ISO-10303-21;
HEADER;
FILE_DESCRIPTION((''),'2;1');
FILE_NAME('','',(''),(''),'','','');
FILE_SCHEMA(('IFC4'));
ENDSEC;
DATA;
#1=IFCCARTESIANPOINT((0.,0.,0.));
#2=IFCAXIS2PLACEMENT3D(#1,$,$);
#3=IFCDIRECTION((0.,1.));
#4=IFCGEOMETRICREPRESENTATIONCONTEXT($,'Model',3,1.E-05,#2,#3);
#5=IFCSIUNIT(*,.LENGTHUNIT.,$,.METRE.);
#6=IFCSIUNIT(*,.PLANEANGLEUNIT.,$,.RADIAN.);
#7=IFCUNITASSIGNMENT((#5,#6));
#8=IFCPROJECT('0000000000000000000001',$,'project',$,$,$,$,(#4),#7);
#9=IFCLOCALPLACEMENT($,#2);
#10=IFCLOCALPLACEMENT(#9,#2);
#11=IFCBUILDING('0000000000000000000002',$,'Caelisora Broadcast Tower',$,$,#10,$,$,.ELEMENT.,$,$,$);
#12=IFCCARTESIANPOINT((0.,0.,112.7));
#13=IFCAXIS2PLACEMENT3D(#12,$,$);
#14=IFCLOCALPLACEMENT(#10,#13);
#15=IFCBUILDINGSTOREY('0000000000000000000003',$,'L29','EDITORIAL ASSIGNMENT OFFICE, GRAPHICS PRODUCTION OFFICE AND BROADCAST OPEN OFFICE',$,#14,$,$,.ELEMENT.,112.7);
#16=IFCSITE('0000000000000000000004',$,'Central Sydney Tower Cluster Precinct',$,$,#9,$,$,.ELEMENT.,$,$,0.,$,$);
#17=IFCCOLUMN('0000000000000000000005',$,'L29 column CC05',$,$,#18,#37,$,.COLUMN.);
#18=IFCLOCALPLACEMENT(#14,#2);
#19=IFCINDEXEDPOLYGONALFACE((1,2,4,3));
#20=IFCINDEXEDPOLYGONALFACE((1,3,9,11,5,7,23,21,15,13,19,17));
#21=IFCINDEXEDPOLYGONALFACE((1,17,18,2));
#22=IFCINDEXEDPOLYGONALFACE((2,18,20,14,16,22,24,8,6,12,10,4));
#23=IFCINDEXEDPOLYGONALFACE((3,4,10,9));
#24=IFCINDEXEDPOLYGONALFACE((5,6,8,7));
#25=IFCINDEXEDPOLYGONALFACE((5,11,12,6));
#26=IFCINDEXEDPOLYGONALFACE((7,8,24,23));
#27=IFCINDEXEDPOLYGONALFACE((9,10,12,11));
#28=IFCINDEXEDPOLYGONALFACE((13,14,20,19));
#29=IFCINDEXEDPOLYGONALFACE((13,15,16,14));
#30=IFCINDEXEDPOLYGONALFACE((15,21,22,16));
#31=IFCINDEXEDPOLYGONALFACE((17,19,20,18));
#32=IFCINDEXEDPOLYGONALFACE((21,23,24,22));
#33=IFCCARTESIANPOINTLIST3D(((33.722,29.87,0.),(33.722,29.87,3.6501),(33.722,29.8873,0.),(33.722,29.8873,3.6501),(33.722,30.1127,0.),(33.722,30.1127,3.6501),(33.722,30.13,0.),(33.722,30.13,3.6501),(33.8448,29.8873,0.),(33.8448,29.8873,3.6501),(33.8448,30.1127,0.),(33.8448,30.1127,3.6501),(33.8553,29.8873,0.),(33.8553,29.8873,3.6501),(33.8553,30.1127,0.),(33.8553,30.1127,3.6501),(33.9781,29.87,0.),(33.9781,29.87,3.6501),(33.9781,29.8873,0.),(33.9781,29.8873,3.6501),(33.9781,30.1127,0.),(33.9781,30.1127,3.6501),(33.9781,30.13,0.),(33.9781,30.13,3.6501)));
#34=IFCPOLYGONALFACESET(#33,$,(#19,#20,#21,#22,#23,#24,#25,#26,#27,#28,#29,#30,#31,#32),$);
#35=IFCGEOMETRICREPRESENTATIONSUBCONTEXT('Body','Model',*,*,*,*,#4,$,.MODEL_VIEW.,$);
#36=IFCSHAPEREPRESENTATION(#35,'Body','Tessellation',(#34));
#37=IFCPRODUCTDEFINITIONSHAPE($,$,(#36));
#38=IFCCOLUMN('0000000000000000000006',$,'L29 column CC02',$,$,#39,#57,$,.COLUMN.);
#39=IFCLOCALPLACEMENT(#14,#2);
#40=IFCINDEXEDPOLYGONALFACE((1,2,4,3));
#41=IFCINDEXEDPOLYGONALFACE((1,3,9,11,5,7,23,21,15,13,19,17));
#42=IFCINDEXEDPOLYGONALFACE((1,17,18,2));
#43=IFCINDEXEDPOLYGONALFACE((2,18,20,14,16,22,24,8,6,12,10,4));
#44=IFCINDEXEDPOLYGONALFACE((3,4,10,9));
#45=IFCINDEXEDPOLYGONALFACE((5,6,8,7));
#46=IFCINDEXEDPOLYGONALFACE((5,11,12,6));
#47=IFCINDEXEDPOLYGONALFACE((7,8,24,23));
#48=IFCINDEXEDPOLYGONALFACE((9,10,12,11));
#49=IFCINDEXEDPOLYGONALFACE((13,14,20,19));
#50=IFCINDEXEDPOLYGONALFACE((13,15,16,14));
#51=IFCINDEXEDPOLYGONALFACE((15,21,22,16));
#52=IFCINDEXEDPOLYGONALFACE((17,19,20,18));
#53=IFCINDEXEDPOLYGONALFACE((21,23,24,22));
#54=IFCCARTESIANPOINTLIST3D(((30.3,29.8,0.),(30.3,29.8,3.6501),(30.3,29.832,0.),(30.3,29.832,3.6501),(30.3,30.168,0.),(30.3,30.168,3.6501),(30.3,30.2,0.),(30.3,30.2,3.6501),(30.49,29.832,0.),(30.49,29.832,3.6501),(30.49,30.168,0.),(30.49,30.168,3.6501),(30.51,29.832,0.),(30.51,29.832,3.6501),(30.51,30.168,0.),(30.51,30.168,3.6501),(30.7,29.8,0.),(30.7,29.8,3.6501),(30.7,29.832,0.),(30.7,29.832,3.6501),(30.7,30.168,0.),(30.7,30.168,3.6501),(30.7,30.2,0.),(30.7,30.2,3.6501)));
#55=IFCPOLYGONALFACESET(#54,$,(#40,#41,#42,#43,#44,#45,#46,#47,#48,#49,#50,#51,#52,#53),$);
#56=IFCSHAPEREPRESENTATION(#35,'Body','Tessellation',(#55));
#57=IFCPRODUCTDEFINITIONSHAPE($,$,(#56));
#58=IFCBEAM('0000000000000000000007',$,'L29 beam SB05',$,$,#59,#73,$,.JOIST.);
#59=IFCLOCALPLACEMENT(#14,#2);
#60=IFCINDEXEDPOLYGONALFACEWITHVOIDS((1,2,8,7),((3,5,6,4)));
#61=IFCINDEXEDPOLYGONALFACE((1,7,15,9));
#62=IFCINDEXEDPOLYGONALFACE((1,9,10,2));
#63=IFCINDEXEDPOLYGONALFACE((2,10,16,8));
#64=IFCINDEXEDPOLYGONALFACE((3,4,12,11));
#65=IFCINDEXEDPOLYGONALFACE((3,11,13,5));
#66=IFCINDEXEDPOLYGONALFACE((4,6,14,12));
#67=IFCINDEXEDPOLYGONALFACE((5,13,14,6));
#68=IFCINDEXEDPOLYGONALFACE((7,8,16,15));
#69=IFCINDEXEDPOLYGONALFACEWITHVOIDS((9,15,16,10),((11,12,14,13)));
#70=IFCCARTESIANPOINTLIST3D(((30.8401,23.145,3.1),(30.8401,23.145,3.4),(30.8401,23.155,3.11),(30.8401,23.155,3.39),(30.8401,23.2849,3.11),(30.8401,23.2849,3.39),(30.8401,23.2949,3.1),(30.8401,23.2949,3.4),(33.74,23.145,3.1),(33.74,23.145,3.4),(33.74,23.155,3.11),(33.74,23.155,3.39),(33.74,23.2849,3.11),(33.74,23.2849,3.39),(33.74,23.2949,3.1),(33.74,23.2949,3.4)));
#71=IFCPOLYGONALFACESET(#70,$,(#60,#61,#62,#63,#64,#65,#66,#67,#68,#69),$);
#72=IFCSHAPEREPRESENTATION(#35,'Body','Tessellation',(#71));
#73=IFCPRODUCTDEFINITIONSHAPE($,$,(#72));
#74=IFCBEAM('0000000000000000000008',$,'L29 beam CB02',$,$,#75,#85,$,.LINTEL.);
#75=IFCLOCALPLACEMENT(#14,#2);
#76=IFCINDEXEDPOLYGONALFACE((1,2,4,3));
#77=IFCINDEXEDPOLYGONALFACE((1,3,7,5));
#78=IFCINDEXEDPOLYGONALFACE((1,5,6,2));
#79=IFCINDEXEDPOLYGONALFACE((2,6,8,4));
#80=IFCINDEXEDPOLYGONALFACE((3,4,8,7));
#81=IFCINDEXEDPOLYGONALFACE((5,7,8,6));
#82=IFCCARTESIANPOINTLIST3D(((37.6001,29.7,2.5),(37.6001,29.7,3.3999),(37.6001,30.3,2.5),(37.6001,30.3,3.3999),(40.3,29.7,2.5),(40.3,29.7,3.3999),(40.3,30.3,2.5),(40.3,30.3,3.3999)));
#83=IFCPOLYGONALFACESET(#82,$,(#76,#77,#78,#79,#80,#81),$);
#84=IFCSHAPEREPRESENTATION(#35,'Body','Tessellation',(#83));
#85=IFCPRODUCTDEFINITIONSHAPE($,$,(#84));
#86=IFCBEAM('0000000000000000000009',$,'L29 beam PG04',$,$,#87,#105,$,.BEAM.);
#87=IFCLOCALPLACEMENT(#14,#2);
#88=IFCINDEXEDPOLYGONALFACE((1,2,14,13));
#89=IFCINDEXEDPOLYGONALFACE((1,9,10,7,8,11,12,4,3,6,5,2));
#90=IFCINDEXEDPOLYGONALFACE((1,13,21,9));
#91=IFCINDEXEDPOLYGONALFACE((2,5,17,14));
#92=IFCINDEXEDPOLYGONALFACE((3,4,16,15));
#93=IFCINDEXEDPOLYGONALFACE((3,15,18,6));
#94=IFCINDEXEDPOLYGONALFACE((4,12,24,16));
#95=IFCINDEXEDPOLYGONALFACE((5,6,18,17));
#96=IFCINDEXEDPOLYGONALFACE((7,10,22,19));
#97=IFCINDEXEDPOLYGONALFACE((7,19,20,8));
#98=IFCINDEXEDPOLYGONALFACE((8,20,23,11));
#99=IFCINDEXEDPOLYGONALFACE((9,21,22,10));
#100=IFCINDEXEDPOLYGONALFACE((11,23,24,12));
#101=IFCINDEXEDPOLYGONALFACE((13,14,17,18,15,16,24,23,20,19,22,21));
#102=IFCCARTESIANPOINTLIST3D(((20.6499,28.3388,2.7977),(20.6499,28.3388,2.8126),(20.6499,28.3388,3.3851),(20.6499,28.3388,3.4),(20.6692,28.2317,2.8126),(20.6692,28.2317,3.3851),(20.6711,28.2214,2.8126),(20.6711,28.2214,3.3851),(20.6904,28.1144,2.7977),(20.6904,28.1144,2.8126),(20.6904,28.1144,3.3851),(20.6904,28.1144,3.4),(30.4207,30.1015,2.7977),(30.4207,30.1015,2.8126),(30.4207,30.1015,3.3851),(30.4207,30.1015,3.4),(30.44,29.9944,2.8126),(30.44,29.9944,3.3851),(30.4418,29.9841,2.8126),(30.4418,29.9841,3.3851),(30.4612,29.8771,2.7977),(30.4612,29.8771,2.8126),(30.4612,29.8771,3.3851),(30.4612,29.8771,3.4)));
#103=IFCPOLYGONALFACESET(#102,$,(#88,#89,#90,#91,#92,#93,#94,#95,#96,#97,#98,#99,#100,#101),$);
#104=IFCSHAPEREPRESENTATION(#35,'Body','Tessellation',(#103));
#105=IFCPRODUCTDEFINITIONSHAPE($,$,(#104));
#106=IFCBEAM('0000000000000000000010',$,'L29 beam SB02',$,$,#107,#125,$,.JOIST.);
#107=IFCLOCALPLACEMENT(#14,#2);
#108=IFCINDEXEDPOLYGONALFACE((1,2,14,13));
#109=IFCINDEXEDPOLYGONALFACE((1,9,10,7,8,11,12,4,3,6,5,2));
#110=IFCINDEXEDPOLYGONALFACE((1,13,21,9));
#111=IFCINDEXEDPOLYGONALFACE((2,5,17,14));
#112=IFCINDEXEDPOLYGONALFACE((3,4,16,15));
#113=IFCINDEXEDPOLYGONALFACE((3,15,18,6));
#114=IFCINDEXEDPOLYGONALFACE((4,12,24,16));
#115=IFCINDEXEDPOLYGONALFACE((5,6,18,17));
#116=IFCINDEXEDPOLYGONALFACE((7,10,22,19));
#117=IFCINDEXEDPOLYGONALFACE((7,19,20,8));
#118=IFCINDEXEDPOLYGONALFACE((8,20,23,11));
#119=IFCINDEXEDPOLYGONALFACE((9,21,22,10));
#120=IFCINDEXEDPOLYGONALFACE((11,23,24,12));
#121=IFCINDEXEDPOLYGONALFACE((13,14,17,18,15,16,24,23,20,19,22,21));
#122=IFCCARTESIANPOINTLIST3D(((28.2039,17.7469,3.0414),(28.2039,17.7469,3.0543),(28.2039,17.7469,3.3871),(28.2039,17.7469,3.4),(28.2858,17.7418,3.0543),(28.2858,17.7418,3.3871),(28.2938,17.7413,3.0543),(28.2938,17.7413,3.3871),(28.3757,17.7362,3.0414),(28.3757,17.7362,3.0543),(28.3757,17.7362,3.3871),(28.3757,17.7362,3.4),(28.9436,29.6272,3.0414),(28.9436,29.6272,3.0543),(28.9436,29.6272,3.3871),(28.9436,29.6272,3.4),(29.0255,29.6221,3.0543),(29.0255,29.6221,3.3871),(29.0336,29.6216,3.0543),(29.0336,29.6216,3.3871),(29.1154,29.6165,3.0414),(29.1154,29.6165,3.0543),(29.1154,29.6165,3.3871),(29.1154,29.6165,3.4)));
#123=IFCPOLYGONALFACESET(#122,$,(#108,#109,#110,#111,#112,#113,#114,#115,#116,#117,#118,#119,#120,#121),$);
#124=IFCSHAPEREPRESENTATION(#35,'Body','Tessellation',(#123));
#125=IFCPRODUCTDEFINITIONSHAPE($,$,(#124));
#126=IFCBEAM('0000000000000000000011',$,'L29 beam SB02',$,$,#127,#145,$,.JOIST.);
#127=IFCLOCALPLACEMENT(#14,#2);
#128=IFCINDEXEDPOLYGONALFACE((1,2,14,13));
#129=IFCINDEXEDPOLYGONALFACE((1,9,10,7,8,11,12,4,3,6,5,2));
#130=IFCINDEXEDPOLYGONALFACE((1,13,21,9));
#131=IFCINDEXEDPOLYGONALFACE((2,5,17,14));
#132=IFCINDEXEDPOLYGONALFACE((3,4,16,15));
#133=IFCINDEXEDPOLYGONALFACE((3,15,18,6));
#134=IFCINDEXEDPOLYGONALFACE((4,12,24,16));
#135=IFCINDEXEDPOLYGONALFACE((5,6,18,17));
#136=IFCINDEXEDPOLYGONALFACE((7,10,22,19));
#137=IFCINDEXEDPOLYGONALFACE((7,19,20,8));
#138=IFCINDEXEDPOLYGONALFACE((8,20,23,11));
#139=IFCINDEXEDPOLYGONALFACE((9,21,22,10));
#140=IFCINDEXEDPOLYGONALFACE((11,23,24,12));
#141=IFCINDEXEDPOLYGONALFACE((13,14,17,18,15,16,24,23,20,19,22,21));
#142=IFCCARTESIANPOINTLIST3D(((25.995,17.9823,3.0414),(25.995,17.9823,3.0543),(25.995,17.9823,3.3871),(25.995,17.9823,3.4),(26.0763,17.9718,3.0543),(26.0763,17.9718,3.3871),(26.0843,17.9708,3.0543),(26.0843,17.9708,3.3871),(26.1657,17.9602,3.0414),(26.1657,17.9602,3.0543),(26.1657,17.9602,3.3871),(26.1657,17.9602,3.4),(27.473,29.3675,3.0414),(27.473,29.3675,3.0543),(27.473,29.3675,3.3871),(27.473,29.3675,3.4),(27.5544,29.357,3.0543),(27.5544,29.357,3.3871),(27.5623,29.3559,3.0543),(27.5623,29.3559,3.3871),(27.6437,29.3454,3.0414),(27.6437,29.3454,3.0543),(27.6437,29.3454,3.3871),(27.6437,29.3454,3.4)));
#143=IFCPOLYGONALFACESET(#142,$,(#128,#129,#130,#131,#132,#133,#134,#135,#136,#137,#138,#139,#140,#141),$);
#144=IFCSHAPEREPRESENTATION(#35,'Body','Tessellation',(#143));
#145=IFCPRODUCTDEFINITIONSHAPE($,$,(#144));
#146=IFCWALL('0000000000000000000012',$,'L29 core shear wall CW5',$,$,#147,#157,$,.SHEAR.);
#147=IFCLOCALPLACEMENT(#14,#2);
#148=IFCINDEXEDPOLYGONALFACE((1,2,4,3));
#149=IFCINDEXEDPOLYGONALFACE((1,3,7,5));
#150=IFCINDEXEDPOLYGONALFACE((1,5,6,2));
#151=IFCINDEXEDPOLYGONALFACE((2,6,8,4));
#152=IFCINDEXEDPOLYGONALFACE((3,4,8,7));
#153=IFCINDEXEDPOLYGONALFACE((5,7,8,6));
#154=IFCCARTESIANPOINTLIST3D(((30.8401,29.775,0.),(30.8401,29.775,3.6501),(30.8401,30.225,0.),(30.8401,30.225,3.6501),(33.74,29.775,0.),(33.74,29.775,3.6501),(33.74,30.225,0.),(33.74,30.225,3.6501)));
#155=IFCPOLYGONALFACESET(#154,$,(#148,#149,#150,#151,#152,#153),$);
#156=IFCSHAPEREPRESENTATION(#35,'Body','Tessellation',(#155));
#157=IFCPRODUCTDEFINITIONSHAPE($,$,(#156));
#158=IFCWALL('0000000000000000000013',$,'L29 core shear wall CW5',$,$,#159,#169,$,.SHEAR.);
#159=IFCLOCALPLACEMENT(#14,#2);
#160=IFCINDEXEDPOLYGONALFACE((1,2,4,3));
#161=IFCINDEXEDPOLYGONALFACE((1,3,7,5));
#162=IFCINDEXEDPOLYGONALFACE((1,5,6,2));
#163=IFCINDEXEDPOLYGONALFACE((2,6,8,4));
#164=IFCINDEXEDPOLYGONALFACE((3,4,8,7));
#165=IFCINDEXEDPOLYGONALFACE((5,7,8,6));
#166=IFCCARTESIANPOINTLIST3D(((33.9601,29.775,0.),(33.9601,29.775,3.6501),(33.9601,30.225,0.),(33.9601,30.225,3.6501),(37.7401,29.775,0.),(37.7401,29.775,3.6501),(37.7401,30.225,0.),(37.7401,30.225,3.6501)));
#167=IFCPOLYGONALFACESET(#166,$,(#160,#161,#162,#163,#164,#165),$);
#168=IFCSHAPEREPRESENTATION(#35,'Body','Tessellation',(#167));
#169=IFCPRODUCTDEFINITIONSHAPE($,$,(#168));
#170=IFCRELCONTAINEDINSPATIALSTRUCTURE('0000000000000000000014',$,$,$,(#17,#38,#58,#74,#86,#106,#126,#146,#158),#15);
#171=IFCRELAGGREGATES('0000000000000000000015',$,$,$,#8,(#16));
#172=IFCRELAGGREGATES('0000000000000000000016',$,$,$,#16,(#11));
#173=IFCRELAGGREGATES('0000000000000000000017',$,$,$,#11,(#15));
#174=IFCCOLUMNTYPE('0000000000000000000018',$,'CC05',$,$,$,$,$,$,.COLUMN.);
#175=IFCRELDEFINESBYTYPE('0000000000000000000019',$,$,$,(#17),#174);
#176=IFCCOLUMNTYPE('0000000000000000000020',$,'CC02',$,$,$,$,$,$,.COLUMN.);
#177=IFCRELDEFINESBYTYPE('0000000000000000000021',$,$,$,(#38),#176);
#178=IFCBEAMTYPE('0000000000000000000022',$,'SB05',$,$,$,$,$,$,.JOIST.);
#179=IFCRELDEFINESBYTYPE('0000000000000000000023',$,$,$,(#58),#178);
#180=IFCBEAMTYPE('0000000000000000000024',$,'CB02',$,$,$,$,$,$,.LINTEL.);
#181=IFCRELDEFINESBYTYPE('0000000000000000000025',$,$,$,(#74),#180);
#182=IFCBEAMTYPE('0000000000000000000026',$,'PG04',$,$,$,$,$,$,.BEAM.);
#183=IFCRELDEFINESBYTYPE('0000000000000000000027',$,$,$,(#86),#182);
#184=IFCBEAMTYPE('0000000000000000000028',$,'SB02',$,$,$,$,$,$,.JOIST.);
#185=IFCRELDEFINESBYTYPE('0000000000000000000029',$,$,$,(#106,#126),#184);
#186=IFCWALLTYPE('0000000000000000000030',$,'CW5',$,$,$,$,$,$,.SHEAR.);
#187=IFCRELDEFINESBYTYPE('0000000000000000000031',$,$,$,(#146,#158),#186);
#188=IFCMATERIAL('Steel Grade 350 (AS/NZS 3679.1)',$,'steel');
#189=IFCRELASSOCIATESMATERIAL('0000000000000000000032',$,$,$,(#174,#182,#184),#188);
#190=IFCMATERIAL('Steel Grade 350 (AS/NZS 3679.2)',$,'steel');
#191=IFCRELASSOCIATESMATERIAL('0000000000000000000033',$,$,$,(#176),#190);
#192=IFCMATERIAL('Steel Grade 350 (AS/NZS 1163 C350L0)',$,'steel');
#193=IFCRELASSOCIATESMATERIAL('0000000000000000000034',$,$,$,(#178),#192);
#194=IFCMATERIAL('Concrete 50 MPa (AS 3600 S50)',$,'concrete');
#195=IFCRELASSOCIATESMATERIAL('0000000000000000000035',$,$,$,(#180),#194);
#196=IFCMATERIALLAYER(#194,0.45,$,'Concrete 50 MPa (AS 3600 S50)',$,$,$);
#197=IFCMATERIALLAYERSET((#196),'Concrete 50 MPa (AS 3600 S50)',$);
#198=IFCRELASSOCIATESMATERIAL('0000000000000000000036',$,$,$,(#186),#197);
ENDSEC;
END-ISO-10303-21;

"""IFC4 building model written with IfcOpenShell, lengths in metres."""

from ifc_helpers import new_model, si_unit, direction, frame, frame_2d, origin, origin_2d, place, context, subcontext, project, spatial, rectangle, hollow_rectangle, i_section, extrude, source, transform, mapped, material, layer, layer_set, material_profile, profile_set, type_object, type_shapes, element, save


model = new_model("IFC4")

# Units and contexts
model_context = context("Model", 3, precision=1e-05, world=origin(), true_north=direction((0.0, 1.0)))
body_context = subcontext(model_context, "Body", "Model", "MODEL_VIEW")
ifc_project = project(units=[si_unit("LENGTHUNIT", "METRE"), si_unit("PLANEANGLEUNIT", "RADIAN")], contexts=[model_context])

# Site, building, storey
site_placement = place(None, origin())
site = spatial("IfcSite", under=ifc_project, at=site_placement, Name="Central Sydney Tower Cluster Precinct", CompositionType="ELEMENT", RefElevation=0.0)
building_placement = place(site_placement, origin())
building = spatial("IfcBuilding", under=site, at=building_placement, Name="Caelisora Broadcast Tower", CompositionType="ELEMENT")
storey_placement = place(building_placement, frame((0.0, 0.0, 112.7)))
storey = spatial("IfcBuildingStorey", under=building, at=storey_placement, Name="L29", Description="EDITORIAL ASSIGNMENT OFFICE, GRAPHICS PRODUCTION OFFICE AND BROADCAST OPEN OFFICE", CompositionType="ELEMENT", Elevation=112.7)

# Columns
ifc_material_1 = material(Name="Steel Grade 350 (AS/NZS 3679.1)", Category="steel")
ifc_material_profile_1 = material_profile(ifc_material_1, i_section(OverallWidth=0.2561, OverallDepth=0.26, WebThickness=0.0105, FlangeThickness=0.0173, at=origin_2d()), Name="Steel Grade 350 (AS/NZS 3679.1)")
ifc_profile_set_1 = profile_set([ifc_material_profile_1], Name="Steel Grade 350 (AS/NZS 3679.1)")
column_type_1 = type_object("IfcColumnType", Name="CC05", PredefinedType="COLUMN", material=ifc_profile_set_1)
shared_shape_1 = source(origin(), body_context, "Body", "SweptSolid", [
    extrude(i_section(OverallWidth=0.2561, OverallDepth=0.26, WebThickness=0.0105, FlangeThickness=0.0173, at=origin_2d()), origin(), (0.0, 0.0, 1.0), 3.6501),
])
type_shapes(column_type_1, [shared_shape_1])
column_1_placement = place(storey_placement, frame((33.8501, 30.0, 0.0), z_axis=(0.0, 0.0, 1.0), x_axis=(1.0, 0.0, 0.0)))
element("IfcColumn", 1, at=column_1_placement, inside=storey, type_object=column_type_1, Name="L29 column CC05", PredefinedType="COLUMN", context=body_context, shape_type="MappedRepresentation", body=[
    mapped(shared_shape_1, transform((0.0, 0.0, 0.0), scale=1.0)),
])
ifc_material_2 = material(Name="Steel Grade 350 (AS/NZS 3679.2)", Category="steel")
ifc_material_profile_2 = material_profile(ifc_material_2, i_section(OverallWidth=0.3999, OverallDepth=0.3999, WebThickness=0.02, FlangeThickness=0.032, at=origin_2d()), Name="Steel Grade 350 (AS/NZS 3679.2)")
ifc_profile_set_2 = profile_set([ifc_material_profile_2], Name="Steel Grade 350 (AS/NZS 3679.2)")
column_type_2 = type_object("IfcColumnType", Name="CC02", PredefinedType="COLUMN", material=ifc_profile_set_2)
shared_shape_2 = source(origin(), body_context, "Body", "SweptSolid", [
    extrude(i_section(OverallWidth=0.3999, OverallDepth=0.3999, WebThickness=0.02, FlangeThickness=0.032, at=origin_2d()), origin(), (0.0, 0.0, 1.0), 3.6501),
])
type_shapes(column_type_2, [shared_shape_2])
column_2_placement = place(storey_placement, frame((30.5, 30.0, 0.0), z_axis=(0.0, 0.0, 1.0), x_axis=(1.0, 0.0, 0.0)))
element("IfcColumn", 2, at=column_2_placement, inside=storey, type_object=column_type_2, Name="L29 column CC02", PredefinedType="COLUMN", context=body_context, shape_type="MappedRepresentation", body=[
    mapped(shared_shape_2, transform((0.0, 0.0, 0.0), scale=1.0)),
])

# Beams
ifc_material_3 = material(Name="Steel Grade 350 (AS/NZS 1163 C350L0)", Category="steel")
ifc_material_profile_3 = material_profile(ifc_material_3, hollow_rectangle(XDim=0.1499, YDim=0.3, WallThickness=0.01, at=origin_2d()), Name="Steel Grade 350 (AS/NZS 1163 C350L0)")
ifc_profile_set_3 = profile_set([ifc_material_profile_3], Name="Steel Grade 350 (AS/NZS 1163 C350L0)")
beam_type_1 = type_object("IfcBeamType", Name="SB05", PredefinedType="JOIST", material=ifc_profile_set_3)
shared_shape_3 = source(origin(), body_context, "Body", "SweptSolid", [
    extrude(hollow_rectangle(XDim=0.1499, YDim=0.3, WallThickness=0.01, at=origin_2d()), origin(), (0.0, 0.0, 1.0), 2.8999),
])
type_shapes(beam_type_1, [shared_shape_3])
beam_1_placement = place(storey_placement, frame((30.8401, 23.22, 3.25), z_axis=(1.0, 0.0, 0.0), x_axis=(0.0, 1.0, 0.0)))
element("IfcBeam", 3, at=beam_1_placement, inside=storey, type_object=beam_type_1, Name="L29 beam SB05", PredefinedType="JOIST", context=body_context, shape_type="MappedRepresentation", body=[
    mapped(shared_shape_3, transform((0.0, 0.0, 0.0), scale=1.0)),
])
ifc_material_4 = material(Name="Concrete 50 MPa (AS 3600 S50)", Category="concrete")
ifc_material_profile_4 = material_profile(ifc_material_4, rectangle(XDim=0.6001, YDim=0.8999, at=origin_2d()), Name="Concrete 50 MPa (AS 3600 S50)")
ifc_profile_set_4 = profile_set([ifc_material_profile_4], Name="Concrete 50 MPa (AS 3600 S50)")
beam_type_2 = type_object("IfcBeamType", Name="CB02", PredefinedType="LINTEL", material=ifc_profile_set_4)
shared_shape_4 = source(origin(), body_context, "Body", "SweptSolid", [
    extrude(rectangle(XDim=0.6001, YDim=0.8999, at=origin_2d()), origin(), (0.0, 0.0, 1.0), 2.7),
])
type_shapes(beam_type_2, [shared_shape_4])
beam_2_placement = place(storey_placement, frame((37.6001, 30.0, 2.95), z_axis=(1.0, 0.0, 0.0), x_axis=(0.0, 1.0, 0.0)))
element("IfcBeam", 4, at=beam_2_placement, inside=storey, type_object=beam_type_2, Name="L29 beam CB02", PredefinedType="LINTEL", context=body_context, shape_type="MappedRepresentation", body=[
    mapped(shared_shape_4, transform((0.0, 0.0, 0.0), scale=1.0)),
])
ifc_material_profile_5 = material_profile(ifc_material_1, i_section(OverallWidth=0.228, OverallDepth=0.6023, WebThickness=0.0105, FlangeThickness=0.0149, at=origin_2d()), Name="Steel Grade 350 (AS/NZS 3679.1)")
ifc_profile_set_5 = profile_set([ifc_material_profile_5], Name="Steel Grade 350 (AS/NZS 3679.1)")
beam_type_3 = type_object("IfcBeamType", Name="PG04", PredefinedType="BEAM", material=ifc_profile_set_5)
shared_shape_5 = source(origin(), body_context, "Body", "SweptSolid", [
    extrude(i_section(OverallWidth=0.228, OverallDepth=0.6023, WebThickness=0.0105, FlangeThickness=0.0149, at=origin_2d()), origin(), (0.0, 0.0, 1.0), 9.9285),
])
type_shapes(beam_type_3, [shared_shape_5])
beam_3_placement = place(storey_placement, frame((30.4409, 29.9893, 3.0989), z_axis=(-0.984114, -0.177539, 0.0), x_axis=(0.177539, -0.984114, 0.0)))
element("IfcBeam", 5, at=beam_3_placement, inside=storey, type_object=beam_type_3, Name="L29 beam PG04", PredefinedType="BEAM", context=body_context, shape_type="MappedRepresentation", body=[
    mapped(shared_shape_5, transform((0.0, 0.0, 0.0), scale=1.0)),
])
ifc_material_profile_6 = material_profile(ifc_material_1, i_section(OverallWidth=0.1721, OverallDepth=0.3586, WebThickness=0.0081, FlangeThickness=0.0129, at=origin_2d()), Name="Steel Grade 350 (AS/NZS 3679.1)")
ifc_profile_set_6 = profile_set([ifc_material_profile_6], Name="Steel Grade 350 (AS/NZS 3679.1)")
beam_type_4 = type_object("IfcBeamType", Name="SB02", PredefinedType="JOIST", material=ifc_profile_set_6)
shared_shape_6 = source(origin(), body_context, "Body", "SweptSolid", [
    extrude(i_section(OverallWidth=0.1721, OverallDepth=0.3586, WebThickness=0.0081, FlangeThickness=0.0129, at=origin_2d()), origin(), (0.0, 0.0, 1.0), 11.9033),
])
beam_4_placement = place(storey_placement, frame((29.0295, 29.6218, 3.2207), z_axis=(-0.062146, -0.998067, 0.0), x_axis=(0.998067, -0.062146, 0.0)))
element("IfcBeam", 6, at=beam_4_placement, inside=storey, type_object=beam_type_4, Name="L29 beam SB02", PredefinedType="JOIST", context=body_context, shape_type="MappedRepresentation", body=[
    mapped(shared_shape_6, transform((0.0, 0.0, 0.0), scale=1.0)),
])
shared_shape_7 = source(origin(), body_context, "Body", "SweptSolid", [
    extrude(i_section(OverallWidth=0.1721, OverallDepth=0.3586, WebThickness=0.0081, FlangeThickness=0.0129, at=origin_2d()), origin(), (0.0, 0.0, 1.0), 11.4807),
])
type_shapes(beam_type_4, [shared_shape_6, shared_shape_7])
beam_5_placement = place(storey_placement, frame((27.5583, 29.3564, 3.2207), z_axis=(-0.128739, -0.991678, 0.0), x_axis=(0.991678, -0.128739, 0.0)))
element("IfcBeam", 7, at=beam_5_placement, inside=storey, type_object=beam_type_4, Name="L29 beam SB02", PredefinedType="JOIST", context=body_context, shape_type="MappedRepresentation", body=[
    mapped(shared_shape_7, transform((0.0, 0.0, 0.0), scale=1.0)),
])

# Walls
ifc_layer_1 = layer(ifc_material_4, 0.45, Name="Concrete 50 MPa (AS 3600 S50)")
ifc_layer_set_1 = layer_set([ifc_layer_1], Name="Concrete 50 MPa (AS 3600 S50)")
wall_type_1 = type_object("IfcWallType", Name="CW5", PredefinedType="SHEAR", material=ifc_layer_set_1)
wall_1_placement = place(storey_placement, frame((30.8401, 30.0, 0.0), z_axis=(0.0, 0.0, 1.0), x_axis=(1.0, 0.0, 0.0)))
element("IfcWall", 8, at=wall_1_placement, inside=storey, type_object=wall_type_1, Name="L29 core shear wall CW5", PredefinedType="SHEAR", context=body_context, shape_type="SweptSolid", body=[
    extrude(rectangle(XDim=2.8999, YDim=0.45, at=frame_2d((1.45, 0.0))), origin(), (0.0, 0.0, 1.0), 3.6501),
])
wall_2_placement = place(storey_placement, frame((33.96, 30.0, 0.0), z_axis=(0.0, 0.0, 1.0), x_axis=(1.0, 0.0, 0.0)))
element("IfcWall", 9, at=wall_2_placement, inside=storey, type_object=wall_type_1, Name="L29 core shear wall CW5", PredefinedType="SHEAR", context=body_context, shape_type="SweptSolid", body=[
    extrude(rectangle(XDim=3.78, YDim=0.45, at=frame_2d((1.8901, 0.0))), origin(), (0.0, 0.0, 1.0), 3.6501),
])

save(model, "model.ifc")
